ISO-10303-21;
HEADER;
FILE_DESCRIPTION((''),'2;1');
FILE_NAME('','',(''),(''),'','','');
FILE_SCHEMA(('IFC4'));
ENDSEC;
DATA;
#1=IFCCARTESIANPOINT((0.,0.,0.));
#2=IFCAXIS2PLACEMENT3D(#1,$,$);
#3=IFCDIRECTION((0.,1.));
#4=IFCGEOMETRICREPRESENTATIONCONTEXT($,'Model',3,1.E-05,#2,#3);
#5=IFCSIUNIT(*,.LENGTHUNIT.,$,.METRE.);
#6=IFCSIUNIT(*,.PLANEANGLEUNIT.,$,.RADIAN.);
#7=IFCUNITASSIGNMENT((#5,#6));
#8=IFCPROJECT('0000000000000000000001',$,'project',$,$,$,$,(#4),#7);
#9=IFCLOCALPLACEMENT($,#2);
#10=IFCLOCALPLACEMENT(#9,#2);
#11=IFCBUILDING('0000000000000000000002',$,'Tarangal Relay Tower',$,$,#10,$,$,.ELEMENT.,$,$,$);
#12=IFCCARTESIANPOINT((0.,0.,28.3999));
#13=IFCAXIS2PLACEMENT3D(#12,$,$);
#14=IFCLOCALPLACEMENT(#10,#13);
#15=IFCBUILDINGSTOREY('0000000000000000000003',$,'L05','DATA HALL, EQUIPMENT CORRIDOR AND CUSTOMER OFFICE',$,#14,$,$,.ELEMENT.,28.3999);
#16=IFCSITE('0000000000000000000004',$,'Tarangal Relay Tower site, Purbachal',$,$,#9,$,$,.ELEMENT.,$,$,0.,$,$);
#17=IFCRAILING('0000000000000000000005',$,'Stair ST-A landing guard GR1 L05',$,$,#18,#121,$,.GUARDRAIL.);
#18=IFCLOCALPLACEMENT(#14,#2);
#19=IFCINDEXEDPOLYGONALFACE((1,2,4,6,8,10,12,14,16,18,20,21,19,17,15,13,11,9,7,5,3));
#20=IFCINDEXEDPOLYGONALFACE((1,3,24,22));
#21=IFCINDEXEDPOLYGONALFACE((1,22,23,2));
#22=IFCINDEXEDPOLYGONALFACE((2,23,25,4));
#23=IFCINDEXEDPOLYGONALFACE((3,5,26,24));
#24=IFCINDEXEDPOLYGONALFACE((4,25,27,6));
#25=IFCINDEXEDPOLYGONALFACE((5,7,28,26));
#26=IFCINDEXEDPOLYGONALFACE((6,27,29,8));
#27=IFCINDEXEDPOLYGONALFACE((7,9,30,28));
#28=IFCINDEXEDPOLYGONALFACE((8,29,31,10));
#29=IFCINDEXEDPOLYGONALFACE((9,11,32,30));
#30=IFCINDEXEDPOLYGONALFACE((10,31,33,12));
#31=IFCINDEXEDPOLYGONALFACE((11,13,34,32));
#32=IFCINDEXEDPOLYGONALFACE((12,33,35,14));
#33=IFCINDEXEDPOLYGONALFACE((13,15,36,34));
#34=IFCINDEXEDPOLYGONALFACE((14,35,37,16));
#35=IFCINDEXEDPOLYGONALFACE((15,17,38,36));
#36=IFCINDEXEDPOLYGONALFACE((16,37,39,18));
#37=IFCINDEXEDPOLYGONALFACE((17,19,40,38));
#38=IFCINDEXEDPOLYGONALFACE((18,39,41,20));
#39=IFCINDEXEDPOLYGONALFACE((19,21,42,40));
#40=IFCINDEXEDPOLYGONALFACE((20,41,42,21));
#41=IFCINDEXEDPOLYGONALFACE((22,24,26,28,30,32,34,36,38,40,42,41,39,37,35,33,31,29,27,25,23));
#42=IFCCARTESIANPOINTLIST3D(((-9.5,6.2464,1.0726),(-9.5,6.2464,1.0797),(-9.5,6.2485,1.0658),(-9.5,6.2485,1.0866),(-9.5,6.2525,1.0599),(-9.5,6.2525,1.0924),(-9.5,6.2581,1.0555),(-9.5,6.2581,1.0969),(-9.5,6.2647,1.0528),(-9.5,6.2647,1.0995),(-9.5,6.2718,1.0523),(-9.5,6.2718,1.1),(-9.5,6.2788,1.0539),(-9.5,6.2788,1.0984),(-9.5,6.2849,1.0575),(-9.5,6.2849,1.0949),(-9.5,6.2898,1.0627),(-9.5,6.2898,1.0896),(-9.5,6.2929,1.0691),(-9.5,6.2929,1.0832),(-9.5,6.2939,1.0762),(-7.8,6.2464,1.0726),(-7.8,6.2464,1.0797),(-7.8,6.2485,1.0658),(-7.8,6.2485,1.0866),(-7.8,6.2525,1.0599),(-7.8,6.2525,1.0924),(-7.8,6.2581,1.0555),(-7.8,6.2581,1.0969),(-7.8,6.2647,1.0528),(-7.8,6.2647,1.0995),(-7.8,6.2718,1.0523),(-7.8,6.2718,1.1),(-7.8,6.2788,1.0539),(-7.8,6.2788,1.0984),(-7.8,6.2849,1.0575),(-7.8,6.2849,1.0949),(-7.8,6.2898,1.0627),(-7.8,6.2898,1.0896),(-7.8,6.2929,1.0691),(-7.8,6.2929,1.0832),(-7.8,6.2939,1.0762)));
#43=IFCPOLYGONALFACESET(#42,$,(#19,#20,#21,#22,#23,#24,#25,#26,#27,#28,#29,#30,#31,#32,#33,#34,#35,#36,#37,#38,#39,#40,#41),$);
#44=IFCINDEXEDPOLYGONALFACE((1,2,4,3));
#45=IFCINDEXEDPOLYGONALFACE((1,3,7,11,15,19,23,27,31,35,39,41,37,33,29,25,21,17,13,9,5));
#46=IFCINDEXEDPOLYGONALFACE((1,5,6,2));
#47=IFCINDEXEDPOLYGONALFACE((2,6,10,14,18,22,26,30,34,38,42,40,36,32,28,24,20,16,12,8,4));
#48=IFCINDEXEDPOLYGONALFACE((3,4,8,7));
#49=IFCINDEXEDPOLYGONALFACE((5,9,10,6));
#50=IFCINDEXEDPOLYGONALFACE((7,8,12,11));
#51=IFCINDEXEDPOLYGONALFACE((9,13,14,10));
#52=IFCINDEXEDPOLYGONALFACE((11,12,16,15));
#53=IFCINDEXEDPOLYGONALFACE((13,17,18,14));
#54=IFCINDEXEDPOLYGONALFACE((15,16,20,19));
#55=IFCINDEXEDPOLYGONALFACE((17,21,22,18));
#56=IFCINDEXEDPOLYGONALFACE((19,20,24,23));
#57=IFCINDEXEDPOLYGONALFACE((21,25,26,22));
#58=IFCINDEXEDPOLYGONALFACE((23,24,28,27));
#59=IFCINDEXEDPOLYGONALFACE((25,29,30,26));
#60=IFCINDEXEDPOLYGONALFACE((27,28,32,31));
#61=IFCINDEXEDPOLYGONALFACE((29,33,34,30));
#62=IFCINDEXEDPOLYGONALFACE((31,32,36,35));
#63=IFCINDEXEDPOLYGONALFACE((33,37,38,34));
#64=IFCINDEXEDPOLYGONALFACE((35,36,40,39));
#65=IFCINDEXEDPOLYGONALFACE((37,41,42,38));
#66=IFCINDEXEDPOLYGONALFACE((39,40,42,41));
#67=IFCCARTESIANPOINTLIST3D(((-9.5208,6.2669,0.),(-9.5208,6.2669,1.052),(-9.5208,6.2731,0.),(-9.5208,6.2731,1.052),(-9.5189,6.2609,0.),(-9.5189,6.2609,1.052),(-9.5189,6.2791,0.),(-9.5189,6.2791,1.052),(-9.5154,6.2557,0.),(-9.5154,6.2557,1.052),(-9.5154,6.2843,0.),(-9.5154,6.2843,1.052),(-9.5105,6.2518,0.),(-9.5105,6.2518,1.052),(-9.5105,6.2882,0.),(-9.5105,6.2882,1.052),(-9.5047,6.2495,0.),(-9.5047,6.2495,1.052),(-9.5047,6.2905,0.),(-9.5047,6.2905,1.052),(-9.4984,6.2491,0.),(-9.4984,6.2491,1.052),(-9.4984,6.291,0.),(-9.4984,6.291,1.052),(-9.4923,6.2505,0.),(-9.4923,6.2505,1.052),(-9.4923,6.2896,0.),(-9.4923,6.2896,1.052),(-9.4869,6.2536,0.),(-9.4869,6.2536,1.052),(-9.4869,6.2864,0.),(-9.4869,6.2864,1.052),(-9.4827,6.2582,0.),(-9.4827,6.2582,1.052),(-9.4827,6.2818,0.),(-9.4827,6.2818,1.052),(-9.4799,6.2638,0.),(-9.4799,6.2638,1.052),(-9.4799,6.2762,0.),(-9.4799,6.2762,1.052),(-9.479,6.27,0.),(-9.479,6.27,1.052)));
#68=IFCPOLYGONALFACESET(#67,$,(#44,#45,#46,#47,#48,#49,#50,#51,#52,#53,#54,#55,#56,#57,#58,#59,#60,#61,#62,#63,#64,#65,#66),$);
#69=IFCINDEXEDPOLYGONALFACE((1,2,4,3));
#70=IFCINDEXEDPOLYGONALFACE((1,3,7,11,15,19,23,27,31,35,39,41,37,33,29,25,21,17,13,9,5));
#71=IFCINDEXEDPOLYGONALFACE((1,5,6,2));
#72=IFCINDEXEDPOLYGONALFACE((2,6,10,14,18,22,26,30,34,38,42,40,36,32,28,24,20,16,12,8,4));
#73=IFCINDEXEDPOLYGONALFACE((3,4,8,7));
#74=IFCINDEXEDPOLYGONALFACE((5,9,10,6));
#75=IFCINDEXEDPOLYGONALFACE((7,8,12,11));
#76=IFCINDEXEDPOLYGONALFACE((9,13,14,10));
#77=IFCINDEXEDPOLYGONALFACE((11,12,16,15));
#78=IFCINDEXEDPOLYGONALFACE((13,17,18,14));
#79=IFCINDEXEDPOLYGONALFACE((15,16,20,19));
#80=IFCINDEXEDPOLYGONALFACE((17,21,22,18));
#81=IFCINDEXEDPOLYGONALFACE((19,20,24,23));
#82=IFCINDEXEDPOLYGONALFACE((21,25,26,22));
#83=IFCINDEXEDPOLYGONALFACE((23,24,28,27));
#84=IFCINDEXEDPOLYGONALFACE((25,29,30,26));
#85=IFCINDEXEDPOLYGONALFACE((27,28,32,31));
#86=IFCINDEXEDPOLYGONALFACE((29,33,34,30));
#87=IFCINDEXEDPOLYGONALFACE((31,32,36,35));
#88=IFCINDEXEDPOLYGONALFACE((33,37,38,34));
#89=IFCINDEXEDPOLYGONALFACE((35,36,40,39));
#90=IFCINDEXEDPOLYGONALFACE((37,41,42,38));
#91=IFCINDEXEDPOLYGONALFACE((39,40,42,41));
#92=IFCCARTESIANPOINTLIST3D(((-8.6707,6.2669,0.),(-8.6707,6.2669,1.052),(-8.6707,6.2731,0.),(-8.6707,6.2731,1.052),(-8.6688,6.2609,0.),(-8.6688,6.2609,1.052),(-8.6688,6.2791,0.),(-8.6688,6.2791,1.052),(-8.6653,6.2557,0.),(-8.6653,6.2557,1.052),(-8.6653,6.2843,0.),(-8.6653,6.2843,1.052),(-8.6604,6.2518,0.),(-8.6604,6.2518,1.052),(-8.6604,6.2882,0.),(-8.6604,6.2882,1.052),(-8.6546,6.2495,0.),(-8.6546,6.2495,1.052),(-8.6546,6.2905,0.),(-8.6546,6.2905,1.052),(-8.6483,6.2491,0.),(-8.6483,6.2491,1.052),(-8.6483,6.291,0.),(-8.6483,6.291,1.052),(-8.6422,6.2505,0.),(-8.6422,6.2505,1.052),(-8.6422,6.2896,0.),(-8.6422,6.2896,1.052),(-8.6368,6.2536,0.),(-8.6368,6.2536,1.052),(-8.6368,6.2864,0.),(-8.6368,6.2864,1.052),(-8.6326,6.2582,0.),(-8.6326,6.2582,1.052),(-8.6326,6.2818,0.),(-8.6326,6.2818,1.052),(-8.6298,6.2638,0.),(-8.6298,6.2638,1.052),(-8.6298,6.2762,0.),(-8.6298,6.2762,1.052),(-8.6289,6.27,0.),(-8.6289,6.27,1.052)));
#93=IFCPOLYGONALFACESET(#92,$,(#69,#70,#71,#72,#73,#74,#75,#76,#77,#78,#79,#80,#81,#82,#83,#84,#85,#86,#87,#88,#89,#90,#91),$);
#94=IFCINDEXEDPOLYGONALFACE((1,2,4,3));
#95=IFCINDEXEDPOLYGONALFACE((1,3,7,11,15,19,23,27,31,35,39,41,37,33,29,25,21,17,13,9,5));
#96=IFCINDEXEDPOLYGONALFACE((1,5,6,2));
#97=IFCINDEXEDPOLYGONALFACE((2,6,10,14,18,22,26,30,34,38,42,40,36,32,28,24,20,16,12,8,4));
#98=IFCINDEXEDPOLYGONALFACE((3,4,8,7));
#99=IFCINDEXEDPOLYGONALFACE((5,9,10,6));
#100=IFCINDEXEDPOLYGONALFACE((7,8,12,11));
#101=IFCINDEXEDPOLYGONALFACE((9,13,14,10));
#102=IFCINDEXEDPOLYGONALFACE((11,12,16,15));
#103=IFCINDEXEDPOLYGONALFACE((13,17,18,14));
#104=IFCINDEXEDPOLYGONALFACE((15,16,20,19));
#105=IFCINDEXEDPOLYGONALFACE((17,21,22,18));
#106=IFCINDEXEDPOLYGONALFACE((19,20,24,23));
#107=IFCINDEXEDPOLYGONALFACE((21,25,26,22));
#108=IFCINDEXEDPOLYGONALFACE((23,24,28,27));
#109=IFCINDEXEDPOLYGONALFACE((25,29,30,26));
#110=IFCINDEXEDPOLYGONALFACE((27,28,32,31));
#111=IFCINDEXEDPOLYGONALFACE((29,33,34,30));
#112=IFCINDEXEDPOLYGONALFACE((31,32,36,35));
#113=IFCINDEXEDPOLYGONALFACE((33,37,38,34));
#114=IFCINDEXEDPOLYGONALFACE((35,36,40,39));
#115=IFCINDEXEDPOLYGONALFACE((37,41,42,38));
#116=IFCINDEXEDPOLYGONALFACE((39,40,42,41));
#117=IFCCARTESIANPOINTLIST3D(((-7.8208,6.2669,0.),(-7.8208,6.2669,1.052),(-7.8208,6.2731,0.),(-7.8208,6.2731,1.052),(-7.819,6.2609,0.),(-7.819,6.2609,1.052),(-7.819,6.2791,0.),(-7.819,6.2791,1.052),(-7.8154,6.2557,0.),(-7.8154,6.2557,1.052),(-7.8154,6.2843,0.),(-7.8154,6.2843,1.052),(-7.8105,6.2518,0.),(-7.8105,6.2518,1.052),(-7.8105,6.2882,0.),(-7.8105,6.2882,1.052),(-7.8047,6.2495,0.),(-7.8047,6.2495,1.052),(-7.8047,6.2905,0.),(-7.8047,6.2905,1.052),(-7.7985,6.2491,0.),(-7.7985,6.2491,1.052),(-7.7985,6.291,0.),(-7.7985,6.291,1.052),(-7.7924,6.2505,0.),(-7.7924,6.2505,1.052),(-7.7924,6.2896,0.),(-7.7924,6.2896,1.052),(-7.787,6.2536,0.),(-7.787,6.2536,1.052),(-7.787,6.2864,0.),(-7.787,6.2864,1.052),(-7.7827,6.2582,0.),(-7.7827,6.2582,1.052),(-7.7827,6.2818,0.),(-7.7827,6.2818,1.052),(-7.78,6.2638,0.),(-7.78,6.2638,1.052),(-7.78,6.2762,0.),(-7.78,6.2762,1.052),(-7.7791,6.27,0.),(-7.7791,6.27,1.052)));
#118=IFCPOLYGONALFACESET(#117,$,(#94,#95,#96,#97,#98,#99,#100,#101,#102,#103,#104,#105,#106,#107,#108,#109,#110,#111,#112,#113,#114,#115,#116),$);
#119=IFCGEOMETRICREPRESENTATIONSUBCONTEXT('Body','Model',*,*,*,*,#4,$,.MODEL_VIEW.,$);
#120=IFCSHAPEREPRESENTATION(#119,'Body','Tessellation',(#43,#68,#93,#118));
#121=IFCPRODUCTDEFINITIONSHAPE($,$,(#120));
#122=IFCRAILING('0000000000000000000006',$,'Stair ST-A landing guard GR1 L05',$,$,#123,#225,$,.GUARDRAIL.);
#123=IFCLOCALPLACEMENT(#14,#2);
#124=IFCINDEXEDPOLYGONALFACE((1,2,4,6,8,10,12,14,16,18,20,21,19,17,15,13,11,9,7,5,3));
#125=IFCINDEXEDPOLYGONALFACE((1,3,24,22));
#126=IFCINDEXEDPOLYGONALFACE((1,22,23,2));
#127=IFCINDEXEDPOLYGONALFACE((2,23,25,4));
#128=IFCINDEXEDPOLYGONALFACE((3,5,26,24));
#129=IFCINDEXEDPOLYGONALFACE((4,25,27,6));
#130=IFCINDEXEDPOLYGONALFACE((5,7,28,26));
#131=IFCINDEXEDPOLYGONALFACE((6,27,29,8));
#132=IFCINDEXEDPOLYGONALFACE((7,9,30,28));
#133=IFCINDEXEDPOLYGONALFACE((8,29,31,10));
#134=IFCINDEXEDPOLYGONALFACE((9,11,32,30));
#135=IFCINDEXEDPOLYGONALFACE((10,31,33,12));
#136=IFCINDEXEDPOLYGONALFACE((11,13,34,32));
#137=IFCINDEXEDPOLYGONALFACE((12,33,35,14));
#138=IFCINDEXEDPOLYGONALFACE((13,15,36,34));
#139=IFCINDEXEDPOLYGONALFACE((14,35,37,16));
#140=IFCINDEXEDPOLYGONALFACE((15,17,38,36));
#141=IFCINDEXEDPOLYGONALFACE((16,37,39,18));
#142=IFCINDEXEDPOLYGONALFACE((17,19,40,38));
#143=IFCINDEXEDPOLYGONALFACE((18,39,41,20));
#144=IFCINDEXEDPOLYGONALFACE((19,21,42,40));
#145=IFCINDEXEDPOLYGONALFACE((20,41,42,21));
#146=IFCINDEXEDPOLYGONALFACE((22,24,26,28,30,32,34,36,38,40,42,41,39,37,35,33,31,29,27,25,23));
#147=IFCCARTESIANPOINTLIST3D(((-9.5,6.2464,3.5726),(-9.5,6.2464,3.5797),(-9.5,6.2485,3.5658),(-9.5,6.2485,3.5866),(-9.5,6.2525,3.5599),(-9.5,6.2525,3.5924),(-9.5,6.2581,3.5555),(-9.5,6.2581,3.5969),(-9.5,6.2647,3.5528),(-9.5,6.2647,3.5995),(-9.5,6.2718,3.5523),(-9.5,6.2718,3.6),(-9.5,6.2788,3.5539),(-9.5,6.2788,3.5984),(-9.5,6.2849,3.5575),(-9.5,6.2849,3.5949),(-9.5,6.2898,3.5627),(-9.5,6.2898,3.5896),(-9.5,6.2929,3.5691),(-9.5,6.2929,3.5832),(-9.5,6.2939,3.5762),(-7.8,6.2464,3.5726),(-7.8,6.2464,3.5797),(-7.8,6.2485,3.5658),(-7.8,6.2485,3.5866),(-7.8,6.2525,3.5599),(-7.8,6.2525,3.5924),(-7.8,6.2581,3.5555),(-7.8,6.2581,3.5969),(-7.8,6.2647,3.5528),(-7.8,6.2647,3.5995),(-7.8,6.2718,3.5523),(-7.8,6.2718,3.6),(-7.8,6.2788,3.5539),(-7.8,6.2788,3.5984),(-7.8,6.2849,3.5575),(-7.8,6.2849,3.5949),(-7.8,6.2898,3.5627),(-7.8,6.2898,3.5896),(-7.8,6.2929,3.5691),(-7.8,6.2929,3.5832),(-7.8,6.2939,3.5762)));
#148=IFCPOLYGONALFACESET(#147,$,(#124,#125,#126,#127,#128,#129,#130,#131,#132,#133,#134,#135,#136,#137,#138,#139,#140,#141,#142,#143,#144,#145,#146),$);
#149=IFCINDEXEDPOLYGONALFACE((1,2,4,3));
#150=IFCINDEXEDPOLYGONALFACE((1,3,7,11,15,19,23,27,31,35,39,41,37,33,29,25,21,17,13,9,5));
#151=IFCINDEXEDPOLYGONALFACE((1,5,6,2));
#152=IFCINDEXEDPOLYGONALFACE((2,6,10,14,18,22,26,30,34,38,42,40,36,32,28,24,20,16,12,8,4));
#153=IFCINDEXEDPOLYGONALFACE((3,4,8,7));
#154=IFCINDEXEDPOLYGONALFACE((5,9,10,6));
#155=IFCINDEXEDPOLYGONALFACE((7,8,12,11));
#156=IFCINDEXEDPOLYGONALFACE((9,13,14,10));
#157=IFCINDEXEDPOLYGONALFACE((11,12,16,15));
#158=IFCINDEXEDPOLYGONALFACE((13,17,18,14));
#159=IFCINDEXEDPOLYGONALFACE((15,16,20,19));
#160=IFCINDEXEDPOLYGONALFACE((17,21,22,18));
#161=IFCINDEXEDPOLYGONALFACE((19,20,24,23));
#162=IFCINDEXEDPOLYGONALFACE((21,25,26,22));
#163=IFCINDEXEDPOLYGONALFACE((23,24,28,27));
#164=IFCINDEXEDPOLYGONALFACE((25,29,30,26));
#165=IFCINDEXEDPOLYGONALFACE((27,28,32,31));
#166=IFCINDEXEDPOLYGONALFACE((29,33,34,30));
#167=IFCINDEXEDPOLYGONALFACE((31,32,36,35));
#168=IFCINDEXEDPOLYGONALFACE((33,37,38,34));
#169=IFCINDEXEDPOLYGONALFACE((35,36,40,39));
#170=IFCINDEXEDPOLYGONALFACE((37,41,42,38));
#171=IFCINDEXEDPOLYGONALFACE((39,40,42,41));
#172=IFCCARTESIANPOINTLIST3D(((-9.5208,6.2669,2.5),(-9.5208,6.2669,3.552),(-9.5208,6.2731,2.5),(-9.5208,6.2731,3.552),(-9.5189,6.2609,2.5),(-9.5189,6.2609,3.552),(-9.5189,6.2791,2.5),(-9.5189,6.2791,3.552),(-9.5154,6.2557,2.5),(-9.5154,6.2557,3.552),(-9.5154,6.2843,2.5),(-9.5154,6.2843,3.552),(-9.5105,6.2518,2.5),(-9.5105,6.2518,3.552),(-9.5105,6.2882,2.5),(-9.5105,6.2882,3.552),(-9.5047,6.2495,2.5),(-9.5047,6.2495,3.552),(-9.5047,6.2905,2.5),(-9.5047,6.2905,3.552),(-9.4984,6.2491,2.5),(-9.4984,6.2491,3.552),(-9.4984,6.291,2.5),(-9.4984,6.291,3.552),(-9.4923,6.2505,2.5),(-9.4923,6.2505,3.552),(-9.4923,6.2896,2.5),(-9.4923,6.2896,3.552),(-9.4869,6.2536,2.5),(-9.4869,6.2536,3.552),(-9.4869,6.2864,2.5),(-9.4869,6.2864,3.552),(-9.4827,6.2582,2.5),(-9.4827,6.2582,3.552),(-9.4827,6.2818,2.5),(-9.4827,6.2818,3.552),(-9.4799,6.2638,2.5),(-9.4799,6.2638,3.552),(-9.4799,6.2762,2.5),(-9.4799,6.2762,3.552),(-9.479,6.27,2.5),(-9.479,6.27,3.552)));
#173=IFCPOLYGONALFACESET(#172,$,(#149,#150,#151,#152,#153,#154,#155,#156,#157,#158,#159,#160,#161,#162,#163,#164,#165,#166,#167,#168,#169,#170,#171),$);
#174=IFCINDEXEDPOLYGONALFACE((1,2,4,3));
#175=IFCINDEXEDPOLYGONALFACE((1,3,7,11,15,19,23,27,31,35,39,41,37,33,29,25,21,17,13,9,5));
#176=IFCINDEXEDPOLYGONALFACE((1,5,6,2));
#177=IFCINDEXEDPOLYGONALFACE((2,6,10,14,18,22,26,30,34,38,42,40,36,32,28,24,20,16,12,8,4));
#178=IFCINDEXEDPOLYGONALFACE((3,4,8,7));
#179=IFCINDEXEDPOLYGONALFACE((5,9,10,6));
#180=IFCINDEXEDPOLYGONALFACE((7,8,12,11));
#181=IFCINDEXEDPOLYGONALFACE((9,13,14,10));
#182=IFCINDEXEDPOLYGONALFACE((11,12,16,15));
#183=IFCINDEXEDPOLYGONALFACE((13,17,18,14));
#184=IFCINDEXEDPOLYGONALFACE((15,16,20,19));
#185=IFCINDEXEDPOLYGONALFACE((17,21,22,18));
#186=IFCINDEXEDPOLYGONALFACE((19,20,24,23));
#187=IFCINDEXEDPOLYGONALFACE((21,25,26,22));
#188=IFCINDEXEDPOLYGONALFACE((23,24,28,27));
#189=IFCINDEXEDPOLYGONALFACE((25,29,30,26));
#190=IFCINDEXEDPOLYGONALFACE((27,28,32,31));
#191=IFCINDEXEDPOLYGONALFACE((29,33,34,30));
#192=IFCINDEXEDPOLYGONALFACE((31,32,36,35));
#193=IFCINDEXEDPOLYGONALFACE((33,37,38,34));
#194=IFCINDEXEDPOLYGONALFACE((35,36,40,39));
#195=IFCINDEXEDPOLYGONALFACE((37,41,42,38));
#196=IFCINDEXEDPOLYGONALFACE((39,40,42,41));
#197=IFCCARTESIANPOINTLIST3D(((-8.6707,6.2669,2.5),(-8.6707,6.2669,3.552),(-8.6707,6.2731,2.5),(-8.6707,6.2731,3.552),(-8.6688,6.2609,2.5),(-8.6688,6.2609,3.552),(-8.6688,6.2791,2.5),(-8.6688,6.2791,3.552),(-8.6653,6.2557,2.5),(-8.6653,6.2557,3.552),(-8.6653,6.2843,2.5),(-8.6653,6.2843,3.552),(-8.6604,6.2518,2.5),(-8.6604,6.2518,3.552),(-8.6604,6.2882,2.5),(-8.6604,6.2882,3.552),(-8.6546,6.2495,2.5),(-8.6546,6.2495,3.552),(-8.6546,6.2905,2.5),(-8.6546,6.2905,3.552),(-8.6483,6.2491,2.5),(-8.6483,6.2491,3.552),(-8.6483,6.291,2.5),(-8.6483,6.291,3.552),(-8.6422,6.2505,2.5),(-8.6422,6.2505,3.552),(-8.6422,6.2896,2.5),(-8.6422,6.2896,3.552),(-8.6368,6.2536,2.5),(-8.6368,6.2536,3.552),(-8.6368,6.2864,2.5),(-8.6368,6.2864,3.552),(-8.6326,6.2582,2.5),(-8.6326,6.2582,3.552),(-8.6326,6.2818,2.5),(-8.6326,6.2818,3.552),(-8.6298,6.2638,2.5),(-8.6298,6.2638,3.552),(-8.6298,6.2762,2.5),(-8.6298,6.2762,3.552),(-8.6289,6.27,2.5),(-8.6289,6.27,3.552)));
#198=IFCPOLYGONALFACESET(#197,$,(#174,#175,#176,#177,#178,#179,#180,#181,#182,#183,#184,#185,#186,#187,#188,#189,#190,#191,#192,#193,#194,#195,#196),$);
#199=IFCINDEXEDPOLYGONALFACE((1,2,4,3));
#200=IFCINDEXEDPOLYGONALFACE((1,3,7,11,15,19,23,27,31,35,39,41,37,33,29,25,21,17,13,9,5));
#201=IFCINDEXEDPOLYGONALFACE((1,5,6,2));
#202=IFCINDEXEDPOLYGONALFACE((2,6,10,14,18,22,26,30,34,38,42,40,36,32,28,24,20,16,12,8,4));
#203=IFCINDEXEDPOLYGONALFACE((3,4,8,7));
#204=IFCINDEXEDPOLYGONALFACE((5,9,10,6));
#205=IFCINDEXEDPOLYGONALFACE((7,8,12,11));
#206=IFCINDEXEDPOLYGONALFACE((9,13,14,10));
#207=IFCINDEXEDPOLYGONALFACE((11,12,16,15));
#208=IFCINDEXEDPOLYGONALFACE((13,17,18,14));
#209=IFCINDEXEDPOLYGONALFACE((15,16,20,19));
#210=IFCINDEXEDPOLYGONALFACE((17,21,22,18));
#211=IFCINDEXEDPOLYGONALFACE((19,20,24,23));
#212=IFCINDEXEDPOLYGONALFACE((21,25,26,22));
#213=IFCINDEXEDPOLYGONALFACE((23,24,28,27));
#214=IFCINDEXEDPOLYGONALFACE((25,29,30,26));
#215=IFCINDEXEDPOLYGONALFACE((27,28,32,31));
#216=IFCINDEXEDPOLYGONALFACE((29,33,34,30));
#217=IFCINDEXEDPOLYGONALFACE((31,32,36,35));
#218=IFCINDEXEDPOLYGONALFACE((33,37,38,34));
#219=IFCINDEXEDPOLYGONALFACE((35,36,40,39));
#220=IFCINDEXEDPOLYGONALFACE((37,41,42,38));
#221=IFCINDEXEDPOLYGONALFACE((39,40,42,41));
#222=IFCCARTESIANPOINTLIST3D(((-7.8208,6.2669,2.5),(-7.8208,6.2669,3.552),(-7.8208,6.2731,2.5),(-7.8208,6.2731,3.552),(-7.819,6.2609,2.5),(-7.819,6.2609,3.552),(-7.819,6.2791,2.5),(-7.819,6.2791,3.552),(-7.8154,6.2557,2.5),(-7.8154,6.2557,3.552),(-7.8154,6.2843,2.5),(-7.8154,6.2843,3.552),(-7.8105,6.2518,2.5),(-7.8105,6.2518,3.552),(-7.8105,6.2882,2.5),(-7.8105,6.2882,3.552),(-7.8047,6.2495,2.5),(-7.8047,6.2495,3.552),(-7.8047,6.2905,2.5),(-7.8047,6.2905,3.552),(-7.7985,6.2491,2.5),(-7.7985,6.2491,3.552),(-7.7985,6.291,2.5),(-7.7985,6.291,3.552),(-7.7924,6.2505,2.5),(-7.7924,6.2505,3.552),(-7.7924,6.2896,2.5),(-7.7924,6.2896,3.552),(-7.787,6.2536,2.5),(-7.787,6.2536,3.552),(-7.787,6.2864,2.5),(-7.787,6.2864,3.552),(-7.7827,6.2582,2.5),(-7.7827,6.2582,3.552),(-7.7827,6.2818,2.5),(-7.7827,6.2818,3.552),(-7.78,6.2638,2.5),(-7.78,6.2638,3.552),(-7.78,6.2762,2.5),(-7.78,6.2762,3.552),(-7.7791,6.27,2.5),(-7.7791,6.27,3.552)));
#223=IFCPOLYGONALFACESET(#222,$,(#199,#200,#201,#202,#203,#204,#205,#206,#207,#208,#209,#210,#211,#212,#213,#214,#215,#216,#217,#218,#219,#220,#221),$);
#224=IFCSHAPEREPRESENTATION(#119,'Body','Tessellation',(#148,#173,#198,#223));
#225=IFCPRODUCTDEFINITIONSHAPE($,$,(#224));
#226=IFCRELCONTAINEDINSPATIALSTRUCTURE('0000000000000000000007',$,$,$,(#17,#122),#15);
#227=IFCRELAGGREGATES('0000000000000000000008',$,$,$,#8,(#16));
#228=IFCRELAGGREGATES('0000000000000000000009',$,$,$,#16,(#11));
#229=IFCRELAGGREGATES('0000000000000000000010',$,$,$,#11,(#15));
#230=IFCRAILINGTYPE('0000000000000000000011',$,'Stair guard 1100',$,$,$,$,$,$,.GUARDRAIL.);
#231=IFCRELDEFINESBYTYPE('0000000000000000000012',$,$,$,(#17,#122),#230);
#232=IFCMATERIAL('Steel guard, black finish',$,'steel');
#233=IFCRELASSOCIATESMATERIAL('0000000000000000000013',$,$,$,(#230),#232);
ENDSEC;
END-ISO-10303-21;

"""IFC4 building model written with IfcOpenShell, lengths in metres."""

from ifc_helpers import new_model, si_unit, direction, frame, origin, origin_2d, place, context, subcontext, project, spatial, circle, extrude, material, type_object, element, save


model = new_model("IFC4")

# Units and contexts
model_context = context("Model", 3, precision=1e-05, world=origin(), true_north=direction((0.0, 1.0)))
body_context = subcontext(model_context, "Body", "Model", "MODEL_VIEW")
ifc_project = project(units=[si_unit("LENGTHUNIT", "METRE"), si_unit("PLANEANGLEUNIT", "RADIAN")], contexts=[model_context])

# Site, building, storey
site_placement = place(None, origin())
site = spatial("IfcSite", under=ifc_project, at=site_placement, Name="Tarangal Relay Tower site, Purbachal", CompositionType="ELEMENT", RefElevation=0.0)
building_placement = place(site_placement, origin())
building = spatial("IfcBuilding", under=site, at=building_placement, Name="Tarangal Relay Tower", CompositionType="ELEMENT")
storey_placement = place(building_placement, frame((0.0, 0.0, 28.3999)))
storey = spatial("IfcBuildingStorey", under=building, at=storey_placement, Name="L05", Description="DATA HALL, EQUIPMENT CORRIDOR AND CUSTOMER OFFICE", CompositionType="ELEMENT", Elevation=28.3999)

# Railings
ifc_material_1 = material(Name="Steel guard, black finish", Category="steel")
railing_type = type_object("IfcRailingType", Name="Stair guard 1100", PredefinedType="GUARDRAIL", material=ifc_material_1)
for number, where, name in (
    (1, (-9.5, 6.27, 0.0), "Stair ST-A landing guard GR1 L05"),
    (2, (-9.5, 6.27, 2.5), "Stair ST-A landing guard GR1 L05"),
):
    element("IfcRailing", number, at=place(storey_placement, frame(where)), inside=storey, type_object=railing_type, Name=name, PredefinedType="GUARDRAIL", context=body_context, shape_type="SweptSolid", body=[
        extrude(circle(Radius=0.0239, at=origin_2d()), frame((0.0, 0.0, 1.0762), z_axis=(1.0, 0.0, 0.0), x_axis=(0.0, 1.0, 0.0)), (0.0, 0.0, 1.0), 1.7),
        extrude(circle(Radius=0.021, at=origin_2d()), origin(), (0.0, 0.0, 1.0), 1.052),
        extrude(circle(Radius=0.021, at=origin_2d()), frame((0.8501, 0.0, 0.0)), (0.0, 0.0, 1.0), 1.052),
        extrude(circle(Radius=0.021, at=origin_2d()), frame((1.7, 0.0, 0.0)), (0.0, 0.0, 1.0), 1.052),
    ])

save(model, "model.ifc")
